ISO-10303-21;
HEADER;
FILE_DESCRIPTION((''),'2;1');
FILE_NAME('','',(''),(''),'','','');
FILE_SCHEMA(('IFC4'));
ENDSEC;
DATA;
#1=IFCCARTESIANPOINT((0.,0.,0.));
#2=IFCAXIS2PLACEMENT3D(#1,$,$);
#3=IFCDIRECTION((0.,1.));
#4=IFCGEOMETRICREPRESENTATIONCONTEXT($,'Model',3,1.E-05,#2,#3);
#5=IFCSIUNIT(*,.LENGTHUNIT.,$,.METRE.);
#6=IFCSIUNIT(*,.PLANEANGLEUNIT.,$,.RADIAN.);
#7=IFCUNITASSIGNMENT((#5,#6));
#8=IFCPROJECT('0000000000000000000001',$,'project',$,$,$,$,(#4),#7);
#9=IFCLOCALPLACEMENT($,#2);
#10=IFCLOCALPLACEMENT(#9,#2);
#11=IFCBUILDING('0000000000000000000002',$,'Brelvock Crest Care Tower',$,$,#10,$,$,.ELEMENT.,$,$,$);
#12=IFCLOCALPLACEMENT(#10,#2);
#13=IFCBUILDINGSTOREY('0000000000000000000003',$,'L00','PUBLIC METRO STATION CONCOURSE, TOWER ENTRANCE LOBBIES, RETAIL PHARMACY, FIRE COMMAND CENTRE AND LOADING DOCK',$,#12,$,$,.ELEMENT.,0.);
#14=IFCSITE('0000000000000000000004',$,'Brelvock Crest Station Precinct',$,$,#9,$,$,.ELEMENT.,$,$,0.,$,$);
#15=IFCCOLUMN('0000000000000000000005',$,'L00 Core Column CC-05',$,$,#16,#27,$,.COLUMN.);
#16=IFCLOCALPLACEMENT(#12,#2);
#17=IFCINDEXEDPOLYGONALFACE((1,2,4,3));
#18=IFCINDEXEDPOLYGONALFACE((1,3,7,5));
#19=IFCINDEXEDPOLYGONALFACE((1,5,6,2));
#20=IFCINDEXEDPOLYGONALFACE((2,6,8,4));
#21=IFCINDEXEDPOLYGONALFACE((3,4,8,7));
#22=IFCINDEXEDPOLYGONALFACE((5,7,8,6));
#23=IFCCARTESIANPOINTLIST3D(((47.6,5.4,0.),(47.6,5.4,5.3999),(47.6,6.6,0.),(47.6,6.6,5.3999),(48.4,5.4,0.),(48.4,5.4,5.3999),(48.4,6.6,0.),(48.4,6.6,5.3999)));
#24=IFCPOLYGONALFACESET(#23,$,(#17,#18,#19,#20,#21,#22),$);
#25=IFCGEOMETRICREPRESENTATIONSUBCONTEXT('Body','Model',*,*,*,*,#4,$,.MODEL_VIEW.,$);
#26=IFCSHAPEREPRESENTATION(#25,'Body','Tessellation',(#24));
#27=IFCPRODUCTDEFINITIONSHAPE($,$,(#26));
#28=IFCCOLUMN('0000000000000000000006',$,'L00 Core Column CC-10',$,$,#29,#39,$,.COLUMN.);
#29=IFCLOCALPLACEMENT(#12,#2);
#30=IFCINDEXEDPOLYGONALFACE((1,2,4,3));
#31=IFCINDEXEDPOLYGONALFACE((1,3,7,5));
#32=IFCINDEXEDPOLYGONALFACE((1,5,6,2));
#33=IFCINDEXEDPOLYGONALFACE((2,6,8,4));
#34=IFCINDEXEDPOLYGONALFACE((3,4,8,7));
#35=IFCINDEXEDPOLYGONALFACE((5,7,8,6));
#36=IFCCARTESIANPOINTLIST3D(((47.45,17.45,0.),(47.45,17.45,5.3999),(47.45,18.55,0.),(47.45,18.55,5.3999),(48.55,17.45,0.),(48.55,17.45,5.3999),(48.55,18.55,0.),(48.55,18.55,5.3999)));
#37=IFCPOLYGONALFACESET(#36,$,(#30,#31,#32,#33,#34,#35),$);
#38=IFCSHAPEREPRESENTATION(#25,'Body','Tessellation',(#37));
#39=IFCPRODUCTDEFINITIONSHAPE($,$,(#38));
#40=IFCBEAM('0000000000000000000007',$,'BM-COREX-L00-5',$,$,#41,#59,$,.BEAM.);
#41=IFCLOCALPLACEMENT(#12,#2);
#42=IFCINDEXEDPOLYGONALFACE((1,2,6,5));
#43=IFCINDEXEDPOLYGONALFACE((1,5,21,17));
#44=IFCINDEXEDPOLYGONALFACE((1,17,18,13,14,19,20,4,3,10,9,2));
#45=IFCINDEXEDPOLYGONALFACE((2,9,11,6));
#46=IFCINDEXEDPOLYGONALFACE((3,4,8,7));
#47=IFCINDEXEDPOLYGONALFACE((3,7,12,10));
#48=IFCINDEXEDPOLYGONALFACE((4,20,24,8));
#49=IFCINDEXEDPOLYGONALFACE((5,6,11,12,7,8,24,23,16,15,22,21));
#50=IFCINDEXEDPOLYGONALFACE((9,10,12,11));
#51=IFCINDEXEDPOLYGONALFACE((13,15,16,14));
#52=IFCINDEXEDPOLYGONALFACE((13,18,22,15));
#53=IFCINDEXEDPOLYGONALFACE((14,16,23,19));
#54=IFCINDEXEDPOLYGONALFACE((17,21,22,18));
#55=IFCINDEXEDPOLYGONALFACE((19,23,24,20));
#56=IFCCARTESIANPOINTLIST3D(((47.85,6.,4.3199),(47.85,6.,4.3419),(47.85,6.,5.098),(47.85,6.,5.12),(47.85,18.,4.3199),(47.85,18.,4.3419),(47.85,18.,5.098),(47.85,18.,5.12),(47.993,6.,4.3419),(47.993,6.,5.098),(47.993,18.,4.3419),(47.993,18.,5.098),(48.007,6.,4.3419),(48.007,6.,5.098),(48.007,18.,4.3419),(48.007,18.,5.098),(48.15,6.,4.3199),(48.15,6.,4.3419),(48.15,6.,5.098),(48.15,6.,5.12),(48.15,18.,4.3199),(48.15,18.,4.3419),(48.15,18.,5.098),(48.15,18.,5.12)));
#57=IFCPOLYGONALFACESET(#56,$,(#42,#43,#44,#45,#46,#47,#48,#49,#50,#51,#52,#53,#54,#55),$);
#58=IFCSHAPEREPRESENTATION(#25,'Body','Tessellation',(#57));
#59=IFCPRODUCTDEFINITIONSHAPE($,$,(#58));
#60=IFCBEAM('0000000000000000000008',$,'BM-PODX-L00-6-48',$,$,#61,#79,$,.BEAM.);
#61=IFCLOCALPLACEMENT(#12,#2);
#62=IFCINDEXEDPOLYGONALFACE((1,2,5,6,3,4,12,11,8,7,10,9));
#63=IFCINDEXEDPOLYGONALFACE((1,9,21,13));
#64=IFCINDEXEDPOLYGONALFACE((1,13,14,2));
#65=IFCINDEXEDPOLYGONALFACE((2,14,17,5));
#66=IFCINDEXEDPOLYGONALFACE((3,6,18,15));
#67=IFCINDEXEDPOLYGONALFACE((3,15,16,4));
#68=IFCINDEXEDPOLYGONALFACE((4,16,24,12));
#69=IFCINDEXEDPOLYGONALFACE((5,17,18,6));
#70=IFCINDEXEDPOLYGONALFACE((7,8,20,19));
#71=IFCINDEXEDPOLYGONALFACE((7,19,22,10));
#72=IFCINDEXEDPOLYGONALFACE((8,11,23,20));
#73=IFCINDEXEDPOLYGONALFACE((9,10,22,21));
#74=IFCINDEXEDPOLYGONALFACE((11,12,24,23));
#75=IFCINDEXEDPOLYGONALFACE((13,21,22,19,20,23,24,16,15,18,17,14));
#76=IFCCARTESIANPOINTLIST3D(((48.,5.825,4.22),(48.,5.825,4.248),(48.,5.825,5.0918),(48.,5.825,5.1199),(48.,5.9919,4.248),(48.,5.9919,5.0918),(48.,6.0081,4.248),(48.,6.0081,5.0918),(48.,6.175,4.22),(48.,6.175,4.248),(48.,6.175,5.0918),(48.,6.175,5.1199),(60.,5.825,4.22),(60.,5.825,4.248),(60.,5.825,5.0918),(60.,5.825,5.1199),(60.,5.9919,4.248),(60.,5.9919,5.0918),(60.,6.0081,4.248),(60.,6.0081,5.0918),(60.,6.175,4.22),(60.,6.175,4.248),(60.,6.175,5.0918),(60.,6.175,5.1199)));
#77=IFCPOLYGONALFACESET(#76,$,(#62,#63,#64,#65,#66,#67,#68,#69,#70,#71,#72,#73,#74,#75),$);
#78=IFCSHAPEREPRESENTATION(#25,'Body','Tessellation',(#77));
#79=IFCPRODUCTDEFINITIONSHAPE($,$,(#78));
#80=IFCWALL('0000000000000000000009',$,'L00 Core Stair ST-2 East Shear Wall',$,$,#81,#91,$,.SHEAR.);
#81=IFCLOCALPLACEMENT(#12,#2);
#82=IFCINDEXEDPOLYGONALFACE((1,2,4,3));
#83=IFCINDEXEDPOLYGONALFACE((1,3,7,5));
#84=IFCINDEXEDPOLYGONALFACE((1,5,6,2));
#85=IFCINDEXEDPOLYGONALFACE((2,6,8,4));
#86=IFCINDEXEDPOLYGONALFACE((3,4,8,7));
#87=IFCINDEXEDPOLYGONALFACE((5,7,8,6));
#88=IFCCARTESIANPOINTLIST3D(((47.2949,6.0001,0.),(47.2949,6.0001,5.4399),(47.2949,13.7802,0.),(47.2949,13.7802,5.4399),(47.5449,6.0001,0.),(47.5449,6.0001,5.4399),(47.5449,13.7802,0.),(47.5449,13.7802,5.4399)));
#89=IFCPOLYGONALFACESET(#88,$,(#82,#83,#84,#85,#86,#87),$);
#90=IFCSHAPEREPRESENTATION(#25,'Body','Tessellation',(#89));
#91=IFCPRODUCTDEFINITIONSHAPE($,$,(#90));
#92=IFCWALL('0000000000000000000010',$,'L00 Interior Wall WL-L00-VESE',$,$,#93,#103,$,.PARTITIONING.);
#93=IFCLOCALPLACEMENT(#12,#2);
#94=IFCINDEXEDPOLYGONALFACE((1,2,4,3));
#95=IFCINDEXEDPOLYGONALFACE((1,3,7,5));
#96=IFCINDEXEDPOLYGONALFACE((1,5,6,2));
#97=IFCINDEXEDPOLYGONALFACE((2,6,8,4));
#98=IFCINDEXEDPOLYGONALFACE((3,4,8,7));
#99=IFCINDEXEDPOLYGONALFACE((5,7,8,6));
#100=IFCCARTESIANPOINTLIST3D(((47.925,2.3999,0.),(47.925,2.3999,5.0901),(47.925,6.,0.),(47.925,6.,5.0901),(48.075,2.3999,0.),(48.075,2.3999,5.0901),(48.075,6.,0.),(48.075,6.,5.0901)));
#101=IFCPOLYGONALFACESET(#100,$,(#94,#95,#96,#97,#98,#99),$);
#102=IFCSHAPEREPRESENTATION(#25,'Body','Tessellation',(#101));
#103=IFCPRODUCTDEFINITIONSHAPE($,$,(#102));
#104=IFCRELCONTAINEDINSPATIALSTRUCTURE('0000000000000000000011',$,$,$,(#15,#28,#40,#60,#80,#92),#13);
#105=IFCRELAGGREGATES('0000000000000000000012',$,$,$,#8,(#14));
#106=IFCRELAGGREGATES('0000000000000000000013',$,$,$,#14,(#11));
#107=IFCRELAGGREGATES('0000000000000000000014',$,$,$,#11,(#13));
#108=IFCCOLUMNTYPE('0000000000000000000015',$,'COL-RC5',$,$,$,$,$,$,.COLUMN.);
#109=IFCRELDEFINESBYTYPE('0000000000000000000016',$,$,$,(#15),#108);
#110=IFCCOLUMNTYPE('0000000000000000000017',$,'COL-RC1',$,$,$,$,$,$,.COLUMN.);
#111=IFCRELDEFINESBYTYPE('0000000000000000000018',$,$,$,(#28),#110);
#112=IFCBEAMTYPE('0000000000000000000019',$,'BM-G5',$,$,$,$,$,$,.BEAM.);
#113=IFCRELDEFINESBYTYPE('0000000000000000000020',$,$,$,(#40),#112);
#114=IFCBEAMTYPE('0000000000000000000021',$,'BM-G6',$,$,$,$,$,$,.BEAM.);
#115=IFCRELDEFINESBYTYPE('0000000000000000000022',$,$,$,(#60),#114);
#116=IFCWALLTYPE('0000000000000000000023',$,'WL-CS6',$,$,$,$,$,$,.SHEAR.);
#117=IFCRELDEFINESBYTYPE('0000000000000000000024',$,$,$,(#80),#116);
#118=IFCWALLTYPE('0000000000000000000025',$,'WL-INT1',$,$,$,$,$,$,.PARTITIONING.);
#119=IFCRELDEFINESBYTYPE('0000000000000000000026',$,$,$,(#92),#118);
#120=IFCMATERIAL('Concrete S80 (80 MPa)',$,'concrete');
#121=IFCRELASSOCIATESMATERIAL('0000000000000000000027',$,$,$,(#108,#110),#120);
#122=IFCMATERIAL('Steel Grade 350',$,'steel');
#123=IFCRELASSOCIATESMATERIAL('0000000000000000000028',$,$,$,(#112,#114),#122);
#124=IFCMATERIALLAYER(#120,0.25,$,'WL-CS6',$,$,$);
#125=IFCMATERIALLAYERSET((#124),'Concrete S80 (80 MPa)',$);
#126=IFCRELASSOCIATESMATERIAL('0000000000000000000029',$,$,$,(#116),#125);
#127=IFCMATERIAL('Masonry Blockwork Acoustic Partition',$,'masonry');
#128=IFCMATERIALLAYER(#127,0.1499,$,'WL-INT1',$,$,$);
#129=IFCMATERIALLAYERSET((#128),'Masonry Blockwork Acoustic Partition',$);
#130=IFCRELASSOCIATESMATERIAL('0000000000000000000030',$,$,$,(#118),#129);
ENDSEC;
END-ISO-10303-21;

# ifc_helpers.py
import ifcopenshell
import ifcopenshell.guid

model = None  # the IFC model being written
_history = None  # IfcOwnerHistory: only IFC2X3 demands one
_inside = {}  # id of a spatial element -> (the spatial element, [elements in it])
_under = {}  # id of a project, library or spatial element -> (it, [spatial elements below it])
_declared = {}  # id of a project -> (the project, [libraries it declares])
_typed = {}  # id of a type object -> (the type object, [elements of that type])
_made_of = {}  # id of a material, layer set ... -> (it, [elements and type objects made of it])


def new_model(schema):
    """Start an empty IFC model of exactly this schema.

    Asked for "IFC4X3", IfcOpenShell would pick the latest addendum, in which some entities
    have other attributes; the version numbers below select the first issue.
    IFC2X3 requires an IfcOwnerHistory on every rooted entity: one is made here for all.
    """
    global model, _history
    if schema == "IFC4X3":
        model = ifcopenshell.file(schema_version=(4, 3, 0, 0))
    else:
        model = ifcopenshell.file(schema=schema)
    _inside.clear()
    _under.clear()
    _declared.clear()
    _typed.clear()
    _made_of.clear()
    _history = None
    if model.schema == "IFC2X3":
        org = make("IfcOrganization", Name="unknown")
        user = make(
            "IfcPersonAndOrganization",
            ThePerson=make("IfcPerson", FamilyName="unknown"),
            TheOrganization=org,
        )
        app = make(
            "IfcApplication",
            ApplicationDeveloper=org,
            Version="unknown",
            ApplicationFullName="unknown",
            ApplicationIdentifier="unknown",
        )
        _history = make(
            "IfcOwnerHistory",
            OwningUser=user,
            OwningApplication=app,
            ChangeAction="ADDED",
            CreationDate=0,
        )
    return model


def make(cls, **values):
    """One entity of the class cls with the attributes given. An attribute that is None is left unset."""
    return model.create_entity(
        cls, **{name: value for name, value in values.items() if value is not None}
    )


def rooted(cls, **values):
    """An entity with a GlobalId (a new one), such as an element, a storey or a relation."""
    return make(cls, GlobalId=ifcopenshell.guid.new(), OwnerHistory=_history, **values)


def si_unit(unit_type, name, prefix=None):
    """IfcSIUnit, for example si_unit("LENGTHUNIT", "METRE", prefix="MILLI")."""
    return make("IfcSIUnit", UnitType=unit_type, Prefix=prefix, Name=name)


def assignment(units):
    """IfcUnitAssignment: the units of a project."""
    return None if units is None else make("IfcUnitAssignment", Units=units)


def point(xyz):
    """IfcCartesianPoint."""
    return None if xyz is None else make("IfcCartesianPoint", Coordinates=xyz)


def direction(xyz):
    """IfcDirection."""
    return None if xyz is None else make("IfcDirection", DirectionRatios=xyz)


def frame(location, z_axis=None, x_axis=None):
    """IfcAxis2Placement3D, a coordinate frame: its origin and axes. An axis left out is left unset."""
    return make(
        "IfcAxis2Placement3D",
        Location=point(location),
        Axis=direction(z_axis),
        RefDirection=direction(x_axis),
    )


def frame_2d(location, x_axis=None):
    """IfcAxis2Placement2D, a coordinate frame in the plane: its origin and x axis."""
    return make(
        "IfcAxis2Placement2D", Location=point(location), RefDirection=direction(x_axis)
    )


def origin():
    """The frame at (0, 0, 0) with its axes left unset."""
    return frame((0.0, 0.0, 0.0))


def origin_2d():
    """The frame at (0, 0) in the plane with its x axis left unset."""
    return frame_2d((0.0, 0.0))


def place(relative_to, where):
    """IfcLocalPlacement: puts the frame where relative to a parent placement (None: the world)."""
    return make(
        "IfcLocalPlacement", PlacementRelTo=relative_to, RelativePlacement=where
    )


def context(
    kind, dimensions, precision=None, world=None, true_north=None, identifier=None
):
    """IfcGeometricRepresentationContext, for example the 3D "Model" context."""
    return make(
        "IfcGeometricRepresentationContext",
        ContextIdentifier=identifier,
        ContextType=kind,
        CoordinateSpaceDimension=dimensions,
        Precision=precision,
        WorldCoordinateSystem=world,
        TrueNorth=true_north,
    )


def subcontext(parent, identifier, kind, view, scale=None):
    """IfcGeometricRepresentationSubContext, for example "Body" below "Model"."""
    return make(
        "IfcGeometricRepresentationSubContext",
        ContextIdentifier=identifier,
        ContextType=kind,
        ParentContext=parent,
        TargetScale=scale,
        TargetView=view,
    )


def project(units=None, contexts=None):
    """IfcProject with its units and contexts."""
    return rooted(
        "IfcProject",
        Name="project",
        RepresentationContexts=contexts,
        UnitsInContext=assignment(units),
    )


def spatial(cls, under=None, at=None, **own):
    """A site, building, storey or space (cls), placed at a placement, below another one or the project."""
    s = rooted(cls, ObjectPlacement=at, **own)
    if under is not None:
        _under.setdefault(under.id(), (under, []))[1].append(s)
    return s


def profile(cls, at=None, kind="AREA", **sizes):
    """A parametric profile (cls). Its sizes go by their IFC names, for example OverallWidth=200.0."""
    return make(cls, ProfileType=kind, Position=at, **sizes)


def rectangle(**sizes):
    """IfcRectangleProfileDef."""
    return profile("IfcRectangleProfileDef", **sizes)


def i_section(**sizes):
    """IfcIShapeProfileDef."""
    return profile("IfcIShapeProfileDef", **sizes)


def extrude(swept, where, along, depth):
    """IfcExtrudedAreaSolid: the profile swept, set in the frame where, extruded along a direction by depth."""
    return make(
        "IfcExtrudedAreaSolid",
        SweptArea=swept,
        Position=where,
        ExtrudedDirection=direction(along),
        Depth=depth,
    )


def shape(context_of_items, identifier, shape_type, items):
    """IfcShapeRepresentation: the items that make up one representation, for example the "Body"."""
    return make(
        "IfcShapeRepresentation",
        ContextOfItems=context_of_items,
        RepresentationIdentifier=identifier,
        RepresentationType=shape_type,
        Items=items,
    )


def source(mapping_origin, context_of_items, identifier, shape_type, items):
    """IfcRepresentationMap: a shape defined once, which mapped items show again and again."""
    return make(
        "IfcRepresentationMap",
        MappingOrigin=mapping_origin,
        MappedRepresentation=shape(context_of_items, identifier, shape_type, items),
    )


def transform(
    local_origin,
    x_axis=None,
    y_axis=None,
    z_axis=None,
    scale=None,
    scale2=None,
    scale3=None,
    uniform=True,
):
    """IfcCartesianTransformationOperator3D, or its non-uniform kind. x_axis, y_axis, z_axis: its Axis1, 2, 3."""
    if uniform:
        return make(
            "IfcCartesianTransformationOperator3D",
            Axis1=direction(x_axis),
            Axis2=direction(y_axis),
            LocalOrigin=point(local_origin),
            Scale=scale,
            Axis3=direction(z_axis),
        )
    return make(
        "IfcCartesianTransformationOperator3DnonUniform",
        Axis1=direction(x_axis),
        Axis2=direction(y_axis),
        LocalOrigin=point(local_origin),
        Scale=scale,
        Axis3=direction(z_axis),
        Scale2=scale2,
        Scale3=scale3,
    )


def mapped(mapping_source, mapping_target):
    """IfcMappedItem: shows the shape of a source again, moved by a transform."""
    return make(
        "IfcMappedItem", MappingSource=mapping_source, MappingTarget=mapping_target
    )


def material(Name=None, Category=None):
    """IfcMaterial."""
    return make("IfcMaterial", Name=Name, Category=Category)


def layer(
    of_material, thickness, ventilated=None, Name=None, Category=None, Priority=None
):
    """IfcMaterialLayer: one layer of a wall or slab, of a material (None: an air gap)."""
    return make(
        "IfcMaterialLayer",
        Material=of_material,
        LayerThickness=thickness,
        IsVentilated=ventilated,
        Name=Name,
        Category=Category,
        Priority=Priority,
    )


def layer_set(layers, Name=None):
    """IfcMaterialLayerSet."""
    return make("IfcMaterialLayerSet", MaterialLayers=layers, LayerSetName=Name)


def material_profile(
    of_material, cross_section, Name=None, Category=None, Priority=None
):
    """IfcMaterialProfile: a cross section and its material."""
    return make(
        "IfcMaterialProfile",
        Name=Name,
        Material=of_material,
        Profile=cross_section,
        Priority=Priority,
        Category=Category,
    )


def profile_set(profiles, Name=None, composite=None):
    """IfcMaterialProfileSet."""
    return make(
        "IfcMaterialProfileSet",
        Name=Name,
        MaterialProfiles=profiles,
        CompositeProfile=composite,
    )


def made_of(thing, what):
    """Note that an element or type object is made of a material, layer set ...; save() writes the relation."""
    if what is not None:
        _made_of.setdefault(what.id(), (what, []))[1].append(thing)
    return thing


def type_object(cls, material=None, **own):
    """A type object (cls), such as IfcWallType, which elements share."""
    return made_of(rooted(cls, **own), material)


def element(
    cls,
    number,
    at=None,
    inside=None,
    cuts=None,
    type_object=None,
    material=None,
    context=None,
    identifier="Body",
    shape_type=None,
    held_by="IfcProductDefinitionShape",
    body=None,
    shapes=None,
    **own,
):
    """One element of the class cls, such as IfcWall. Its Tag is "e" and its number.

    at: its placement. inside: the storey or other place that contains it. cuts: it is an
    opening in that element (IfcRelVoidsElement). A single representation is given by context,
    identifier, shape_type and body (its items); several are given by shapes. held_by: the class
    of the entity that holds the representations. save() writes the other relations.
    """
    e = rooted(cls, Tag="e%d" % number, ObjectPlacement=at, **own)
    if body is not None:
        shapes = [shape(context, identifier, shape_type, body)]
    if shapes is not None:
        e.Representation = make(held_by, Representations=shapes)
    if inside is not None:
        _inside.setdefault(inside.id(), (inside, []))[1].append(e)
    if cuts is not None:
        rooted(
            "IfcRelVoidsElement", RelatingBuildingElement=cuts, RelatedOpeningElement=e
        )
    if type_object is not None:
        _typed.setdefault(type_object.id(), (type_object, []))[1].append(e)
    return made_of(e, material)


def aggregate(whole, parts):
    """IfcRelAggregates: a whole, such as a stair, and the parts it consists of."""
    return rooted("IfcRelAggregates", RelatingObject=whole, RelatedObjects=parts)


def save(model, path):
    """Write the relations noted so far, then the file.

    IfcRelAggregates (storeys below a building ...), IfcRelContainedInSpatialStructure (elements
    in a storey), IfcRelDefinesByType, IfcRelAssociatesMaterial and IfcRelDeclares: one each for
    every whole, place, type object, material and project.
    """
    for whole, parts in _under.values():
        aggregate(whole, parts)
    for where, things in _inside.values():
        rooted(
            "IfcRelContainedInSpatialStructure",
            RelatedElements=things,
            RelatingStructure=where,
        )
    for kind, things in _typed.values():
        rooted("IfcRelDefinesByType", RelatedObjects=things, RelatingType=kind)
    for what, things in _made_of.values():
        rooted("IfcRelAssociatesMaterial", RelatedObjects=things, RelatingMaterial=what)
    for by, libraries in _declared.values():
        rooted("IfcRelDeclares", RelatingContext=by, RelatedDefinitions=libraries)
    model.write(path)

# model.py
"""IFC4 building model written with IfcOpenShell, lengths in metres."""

from ifc_helpers import new_model, si_unit, direction, frame, frame_2d, origin, origin_2d, place, context, subcontext, project, spatial, rectangle, i_section, extrude, source, transform, mapped, material, layer, layer_set, material_profile, profile_set, type_object, element, save


model = new_model("IFC4")

# Units and contexts
model_context = context("Model", 3, precision=1e-05, world=origin(), true_north=direction((0.0, 1.0)))
body_context = subcontext(model_context, "Body", "Model", "MODEL_VIEW")
ifc_project = project(units=[si_unit("LENGTHUNIT", "METRE"), si_unit("PLANEANGLEUNIT", "RADIAN")], contexts=[model_context])

# Site, building, storey
site_placement = place(None, origin())
site = spatial("IfcSite", under=ifc_project, at=site_placement, Name="Brelvock Crest Station Precinct", CompositionType="ELEMENT", RefElevation=0.0)
building_placement = place(site_placement, origin())
building = spatial("IfcBuilding", under=site, at=building_placement, Name="Brelvock Crest Care Tower", CompositionType="ELEMENT")
storey_placement = place(building_placement, origin())
storey = spatial("IfcBuildingStorey", under=building, at=storey_placement, Name="L00", Description="PUBLIC METRO STATION CONCOURSE, TOWER ENTRANCE LOBBIES, RETAIL PHARMACY, FIRE COMMAND CENTRE AND LOADING DOCK", CompositionType="ELEMENT", Elevation=0.0)

# Columns
ifc_material_1 = material(Name="Concrete S80 (80 MPa)", Category="concrete")
ifc_material_profile_1 = material_profile(ifc_material_1, rectangle(XDim=0.8, YDim=1.2, at=origin_2d()), Name="RC800x1200")
ifc_profile_set_1 = profile_set([ifc_material_profile_1], Name="Concrete S80 (80 MPa)")
column_type_1 = type_object("IfcColumnType", Name="COL-RC5", PredefinedType="COLUMN", material=ifc_profile_set_1)
shared_shape_1 = source(origin(), body_context, "Body", "SweptSolid", [
    extrude(rectangle(XDim=0.8, YDim=1.2, at=origin_2d()), origin(), (0.0, 0.0, 1.0), 5.3999),
])
column_1_placement = place(storey_placement, frame((48.0, 6.0, 0.0), z_axis=(0.0, 0.0, 1.0), x_axis=(1.0, 0.0, 0.0)))
element("IfcColumn", 1, at=column_1_placement, inside=storey, type_object=column_type_1, Name="L00 Core Column CC-05", PredefinedType="COLUMN", context=body_context, shape_type="MappedRepresentation", body=[
    mapped(shared_shape_1, transform((0.0, 0.0, 0.0), x_axis=(1.0, 0.0, 0.0), y_axis=(0.0, 1.0, 0.0), z_axis=(0.0, 0.0, 1.0), scale=1.0)),
])
ifc_material_profile_2 = material_profile(ifc_material_1, rectangle(XDim=1.1001, YDim=1.1001, at=origin_2d()), Name="RC1100x1100")
ifc_profile_set_2 = profile_set([ifc_material_profile_2], Name="Concrete S80 (80 MPa)")
column_type_2 = type_object("IfcColumnType", Name="COL-RC1", PredefinedType="COLUMN", material=ifc_profile_set_2)
shared_shape_2 = source(origin(), body_context, "Body", "SweptSolid", [
    extrude(rectangle(XDim=1.1001, YDim=1.1001, at=origin_2d()), origin(), (0.0, 0.0, 1.0), 5.3999),
])
column_2_placement = place(storey_placement, frame((48.0, 18.0, 0.0), z_axis=(0.0, 0.0, 1.0), x_axis=(1.0, 0.0, 0.0)))
element("IfcColumn", 2, at=column_2_placement, inside=storey, type_object=column_type_2, Name="L00 Core Column CC-10", PredefinedType="COLUMN", context=body_context, shape_type="MappedRepresentation", body=[
    mapped(shared_shape_2, transform((0.0, 0.0, 0.0), x_axis=(1.0, 0.0, 0.0), y_axis=(0.0, 1.0, 0.0), z_axis=(0.0, 0.0, 1.0), scale=1.0)),
])

# Beams
ifc_material_2 = material(Name="Steel Grade 350", Category="steel")
ifc_material_profile_3 = material_profile(ifc_material_2, i_section(OverallWidth=0.3, OverallDepth=0.8, WebThickness=0.0139, FlangeThickness=0.022, at=origin_2d()), Name="800WB192")
ifc_profile_set_3 = profile_set([ifc_material_profile_3], Name="Steel Grade 350")
beam_type_1 = type_object("IfcBeamType", Name="BM-G5", PredefinedType="BEAM", material=ifc_profile_set_3)
shared_shape_3 = source(origin(), body_context, "Body", "SweptSolid", [
    extrude(i_section(OverallWidth=0.3, OverallDepth=0.8, WebThickness=0.0139, FlangeThickness=0.022, at=origin_2d()), origin(), (0.0, 0.0, 1.0), 12.0),
])
beam_1_placement = place(storey_placement, frame((48.0, 6.0, 4.72), z_axis=(0.0, 1.0, 0.0), x_axis=(-1.0, 0.0, 0.0)))
element("IfcBeam", 3, at=beam_1_placement, inside=storey, type_object=beam_type_1, Name="BM-COREX-L00-5", PredefinedType="BEAM", context=body_context, shape_type="MappedRepresentation", body=[
    mapped(shared_shape_3, transform((0.0, 0.0, 0.0), x_axis=(1.0, 0.0, 0.0), y_axis=(0.0, 1.0, 0.0), z_axis=(0.0, 0.0, 1.0), scale=1.0)),
])
ifc_material_profile_4 = material_profile(ifc_material_2, i_section(OverallWidth=0.3501, OverallDepth=0.8999, WebThickness=0.0161, FlangeThickness=0.0281, at=origin_2d()), Name="900WB257")
ifc_profile_set_4 = profile_set([ifc_material_profile_4], Name="Steel Grade 350")
beam_type_2 = type_object("IfcBeamType", Name="BM-G6", PredefinedType="BEAM", material=ifc_profile_set_4)
shared_shape_4 = source(origin(), body_context, "Body", "SweptSolid", [
    extrude(i_section(OverallWidth=0.3501, OverallDepth=0.8999, WebThickness=0.0161, FlangeThickness=0.0281, at=origin_2d()), origin(), (0.0, 0.0, 1.0), 12.0),
])
beam_2_placement = place(storey_placement, frame((48.0, 6.0, 4.6699), z_axis=(1.0, 0.0, 0.0), x_axis=(0.0, 1.0, 0.0)))
element("IfcBeam", 4, at=beam_2_placement, inside=storey, type_object=beam_type_2, Name="BM-PODX-L00-6-48", PredefinedType="BEAM", context=body_context, shape_type="MappedRepresentation", body=[
    mapped(shared_shape_4, transform((0.0, 0.0, 0.0), x_axis=(1.0, 0.0, 0.0), y_axis=(0.0, 1.0, 0.0), z_axis=(0.0, 0.0, 1.0), scale=1.0)),
])

# Walls
ifc_layer_1 = layer(ifc_material_1, 0.25, Name="WL-CS6")
ifc_layer_set_1 = layer_set([ifc_layer_1], Name="Concrete S80 (80 MPa)")
wall_type_1 = type_object("IfcWallType", Name="WL-CS6", PredefinedType="SHEAR", material=ifc_layer_set_1)
wall_1_placement = place(storey_placement, frame((47.4199, 6.0, 0.0), z_axis=(0.0, 0.0, 1.0), x_axis=(0.0, 1.0, 0.0)))
element("IfcWall", 5, at=wall_1_placement, inside=storey, type_object=wall_type_1, Name="L00 Core Stair ST-2 East Shear Wall", PredefinedType="SHEAR", context=body_context, shape_type="SweptSolid", body=[
    extrude(rectangle(XDim=7.78, YDim=0.25, at=frame_2d((3.8901, 0.0))), origin(), (0.0, 0.0, 1.0), 5.4399),
])
ifc_material_3 = material(Name="Masonry Blockwork Acoustic Partition", Category="masonry")
ifc_layer_2 = layer(ifc_material_3, 0.1499, Name="WL-INT1")
ifc_layer_set_2 = layer_set([ifc_layer_2], Name="Masonry Blockwork Acoustic Partition")
wall_type_2 = type_object("IfcWallType", Name="WL-INT1", PredefinedType="PARTITIONING", material=ifc_layer_set_2)
wall_2_placement = place(storey_placement, frame((48.0, 2.3999, 0.0), z_axis=(0.0, 0.0, 1.0), x_axis=(0.0, 1.0, 0.0)))
element("IfcWall", 6, at=wall_2_placement, inside=storey, type_object=wall_type_2, Name="L00 Interior Wall WL-L00-VESE", PredefinedType="PARTITIONING", context=body_context, shape_type="SweptSolid", body=[
    extrude(rectangle(XDim=3.6001, YDim=0.1499, at=frame_2d((1.8, 0.0))), origin(), (0.0, 0.0, 1.0), 5.0901),
])

save(model, "model.ifc")
